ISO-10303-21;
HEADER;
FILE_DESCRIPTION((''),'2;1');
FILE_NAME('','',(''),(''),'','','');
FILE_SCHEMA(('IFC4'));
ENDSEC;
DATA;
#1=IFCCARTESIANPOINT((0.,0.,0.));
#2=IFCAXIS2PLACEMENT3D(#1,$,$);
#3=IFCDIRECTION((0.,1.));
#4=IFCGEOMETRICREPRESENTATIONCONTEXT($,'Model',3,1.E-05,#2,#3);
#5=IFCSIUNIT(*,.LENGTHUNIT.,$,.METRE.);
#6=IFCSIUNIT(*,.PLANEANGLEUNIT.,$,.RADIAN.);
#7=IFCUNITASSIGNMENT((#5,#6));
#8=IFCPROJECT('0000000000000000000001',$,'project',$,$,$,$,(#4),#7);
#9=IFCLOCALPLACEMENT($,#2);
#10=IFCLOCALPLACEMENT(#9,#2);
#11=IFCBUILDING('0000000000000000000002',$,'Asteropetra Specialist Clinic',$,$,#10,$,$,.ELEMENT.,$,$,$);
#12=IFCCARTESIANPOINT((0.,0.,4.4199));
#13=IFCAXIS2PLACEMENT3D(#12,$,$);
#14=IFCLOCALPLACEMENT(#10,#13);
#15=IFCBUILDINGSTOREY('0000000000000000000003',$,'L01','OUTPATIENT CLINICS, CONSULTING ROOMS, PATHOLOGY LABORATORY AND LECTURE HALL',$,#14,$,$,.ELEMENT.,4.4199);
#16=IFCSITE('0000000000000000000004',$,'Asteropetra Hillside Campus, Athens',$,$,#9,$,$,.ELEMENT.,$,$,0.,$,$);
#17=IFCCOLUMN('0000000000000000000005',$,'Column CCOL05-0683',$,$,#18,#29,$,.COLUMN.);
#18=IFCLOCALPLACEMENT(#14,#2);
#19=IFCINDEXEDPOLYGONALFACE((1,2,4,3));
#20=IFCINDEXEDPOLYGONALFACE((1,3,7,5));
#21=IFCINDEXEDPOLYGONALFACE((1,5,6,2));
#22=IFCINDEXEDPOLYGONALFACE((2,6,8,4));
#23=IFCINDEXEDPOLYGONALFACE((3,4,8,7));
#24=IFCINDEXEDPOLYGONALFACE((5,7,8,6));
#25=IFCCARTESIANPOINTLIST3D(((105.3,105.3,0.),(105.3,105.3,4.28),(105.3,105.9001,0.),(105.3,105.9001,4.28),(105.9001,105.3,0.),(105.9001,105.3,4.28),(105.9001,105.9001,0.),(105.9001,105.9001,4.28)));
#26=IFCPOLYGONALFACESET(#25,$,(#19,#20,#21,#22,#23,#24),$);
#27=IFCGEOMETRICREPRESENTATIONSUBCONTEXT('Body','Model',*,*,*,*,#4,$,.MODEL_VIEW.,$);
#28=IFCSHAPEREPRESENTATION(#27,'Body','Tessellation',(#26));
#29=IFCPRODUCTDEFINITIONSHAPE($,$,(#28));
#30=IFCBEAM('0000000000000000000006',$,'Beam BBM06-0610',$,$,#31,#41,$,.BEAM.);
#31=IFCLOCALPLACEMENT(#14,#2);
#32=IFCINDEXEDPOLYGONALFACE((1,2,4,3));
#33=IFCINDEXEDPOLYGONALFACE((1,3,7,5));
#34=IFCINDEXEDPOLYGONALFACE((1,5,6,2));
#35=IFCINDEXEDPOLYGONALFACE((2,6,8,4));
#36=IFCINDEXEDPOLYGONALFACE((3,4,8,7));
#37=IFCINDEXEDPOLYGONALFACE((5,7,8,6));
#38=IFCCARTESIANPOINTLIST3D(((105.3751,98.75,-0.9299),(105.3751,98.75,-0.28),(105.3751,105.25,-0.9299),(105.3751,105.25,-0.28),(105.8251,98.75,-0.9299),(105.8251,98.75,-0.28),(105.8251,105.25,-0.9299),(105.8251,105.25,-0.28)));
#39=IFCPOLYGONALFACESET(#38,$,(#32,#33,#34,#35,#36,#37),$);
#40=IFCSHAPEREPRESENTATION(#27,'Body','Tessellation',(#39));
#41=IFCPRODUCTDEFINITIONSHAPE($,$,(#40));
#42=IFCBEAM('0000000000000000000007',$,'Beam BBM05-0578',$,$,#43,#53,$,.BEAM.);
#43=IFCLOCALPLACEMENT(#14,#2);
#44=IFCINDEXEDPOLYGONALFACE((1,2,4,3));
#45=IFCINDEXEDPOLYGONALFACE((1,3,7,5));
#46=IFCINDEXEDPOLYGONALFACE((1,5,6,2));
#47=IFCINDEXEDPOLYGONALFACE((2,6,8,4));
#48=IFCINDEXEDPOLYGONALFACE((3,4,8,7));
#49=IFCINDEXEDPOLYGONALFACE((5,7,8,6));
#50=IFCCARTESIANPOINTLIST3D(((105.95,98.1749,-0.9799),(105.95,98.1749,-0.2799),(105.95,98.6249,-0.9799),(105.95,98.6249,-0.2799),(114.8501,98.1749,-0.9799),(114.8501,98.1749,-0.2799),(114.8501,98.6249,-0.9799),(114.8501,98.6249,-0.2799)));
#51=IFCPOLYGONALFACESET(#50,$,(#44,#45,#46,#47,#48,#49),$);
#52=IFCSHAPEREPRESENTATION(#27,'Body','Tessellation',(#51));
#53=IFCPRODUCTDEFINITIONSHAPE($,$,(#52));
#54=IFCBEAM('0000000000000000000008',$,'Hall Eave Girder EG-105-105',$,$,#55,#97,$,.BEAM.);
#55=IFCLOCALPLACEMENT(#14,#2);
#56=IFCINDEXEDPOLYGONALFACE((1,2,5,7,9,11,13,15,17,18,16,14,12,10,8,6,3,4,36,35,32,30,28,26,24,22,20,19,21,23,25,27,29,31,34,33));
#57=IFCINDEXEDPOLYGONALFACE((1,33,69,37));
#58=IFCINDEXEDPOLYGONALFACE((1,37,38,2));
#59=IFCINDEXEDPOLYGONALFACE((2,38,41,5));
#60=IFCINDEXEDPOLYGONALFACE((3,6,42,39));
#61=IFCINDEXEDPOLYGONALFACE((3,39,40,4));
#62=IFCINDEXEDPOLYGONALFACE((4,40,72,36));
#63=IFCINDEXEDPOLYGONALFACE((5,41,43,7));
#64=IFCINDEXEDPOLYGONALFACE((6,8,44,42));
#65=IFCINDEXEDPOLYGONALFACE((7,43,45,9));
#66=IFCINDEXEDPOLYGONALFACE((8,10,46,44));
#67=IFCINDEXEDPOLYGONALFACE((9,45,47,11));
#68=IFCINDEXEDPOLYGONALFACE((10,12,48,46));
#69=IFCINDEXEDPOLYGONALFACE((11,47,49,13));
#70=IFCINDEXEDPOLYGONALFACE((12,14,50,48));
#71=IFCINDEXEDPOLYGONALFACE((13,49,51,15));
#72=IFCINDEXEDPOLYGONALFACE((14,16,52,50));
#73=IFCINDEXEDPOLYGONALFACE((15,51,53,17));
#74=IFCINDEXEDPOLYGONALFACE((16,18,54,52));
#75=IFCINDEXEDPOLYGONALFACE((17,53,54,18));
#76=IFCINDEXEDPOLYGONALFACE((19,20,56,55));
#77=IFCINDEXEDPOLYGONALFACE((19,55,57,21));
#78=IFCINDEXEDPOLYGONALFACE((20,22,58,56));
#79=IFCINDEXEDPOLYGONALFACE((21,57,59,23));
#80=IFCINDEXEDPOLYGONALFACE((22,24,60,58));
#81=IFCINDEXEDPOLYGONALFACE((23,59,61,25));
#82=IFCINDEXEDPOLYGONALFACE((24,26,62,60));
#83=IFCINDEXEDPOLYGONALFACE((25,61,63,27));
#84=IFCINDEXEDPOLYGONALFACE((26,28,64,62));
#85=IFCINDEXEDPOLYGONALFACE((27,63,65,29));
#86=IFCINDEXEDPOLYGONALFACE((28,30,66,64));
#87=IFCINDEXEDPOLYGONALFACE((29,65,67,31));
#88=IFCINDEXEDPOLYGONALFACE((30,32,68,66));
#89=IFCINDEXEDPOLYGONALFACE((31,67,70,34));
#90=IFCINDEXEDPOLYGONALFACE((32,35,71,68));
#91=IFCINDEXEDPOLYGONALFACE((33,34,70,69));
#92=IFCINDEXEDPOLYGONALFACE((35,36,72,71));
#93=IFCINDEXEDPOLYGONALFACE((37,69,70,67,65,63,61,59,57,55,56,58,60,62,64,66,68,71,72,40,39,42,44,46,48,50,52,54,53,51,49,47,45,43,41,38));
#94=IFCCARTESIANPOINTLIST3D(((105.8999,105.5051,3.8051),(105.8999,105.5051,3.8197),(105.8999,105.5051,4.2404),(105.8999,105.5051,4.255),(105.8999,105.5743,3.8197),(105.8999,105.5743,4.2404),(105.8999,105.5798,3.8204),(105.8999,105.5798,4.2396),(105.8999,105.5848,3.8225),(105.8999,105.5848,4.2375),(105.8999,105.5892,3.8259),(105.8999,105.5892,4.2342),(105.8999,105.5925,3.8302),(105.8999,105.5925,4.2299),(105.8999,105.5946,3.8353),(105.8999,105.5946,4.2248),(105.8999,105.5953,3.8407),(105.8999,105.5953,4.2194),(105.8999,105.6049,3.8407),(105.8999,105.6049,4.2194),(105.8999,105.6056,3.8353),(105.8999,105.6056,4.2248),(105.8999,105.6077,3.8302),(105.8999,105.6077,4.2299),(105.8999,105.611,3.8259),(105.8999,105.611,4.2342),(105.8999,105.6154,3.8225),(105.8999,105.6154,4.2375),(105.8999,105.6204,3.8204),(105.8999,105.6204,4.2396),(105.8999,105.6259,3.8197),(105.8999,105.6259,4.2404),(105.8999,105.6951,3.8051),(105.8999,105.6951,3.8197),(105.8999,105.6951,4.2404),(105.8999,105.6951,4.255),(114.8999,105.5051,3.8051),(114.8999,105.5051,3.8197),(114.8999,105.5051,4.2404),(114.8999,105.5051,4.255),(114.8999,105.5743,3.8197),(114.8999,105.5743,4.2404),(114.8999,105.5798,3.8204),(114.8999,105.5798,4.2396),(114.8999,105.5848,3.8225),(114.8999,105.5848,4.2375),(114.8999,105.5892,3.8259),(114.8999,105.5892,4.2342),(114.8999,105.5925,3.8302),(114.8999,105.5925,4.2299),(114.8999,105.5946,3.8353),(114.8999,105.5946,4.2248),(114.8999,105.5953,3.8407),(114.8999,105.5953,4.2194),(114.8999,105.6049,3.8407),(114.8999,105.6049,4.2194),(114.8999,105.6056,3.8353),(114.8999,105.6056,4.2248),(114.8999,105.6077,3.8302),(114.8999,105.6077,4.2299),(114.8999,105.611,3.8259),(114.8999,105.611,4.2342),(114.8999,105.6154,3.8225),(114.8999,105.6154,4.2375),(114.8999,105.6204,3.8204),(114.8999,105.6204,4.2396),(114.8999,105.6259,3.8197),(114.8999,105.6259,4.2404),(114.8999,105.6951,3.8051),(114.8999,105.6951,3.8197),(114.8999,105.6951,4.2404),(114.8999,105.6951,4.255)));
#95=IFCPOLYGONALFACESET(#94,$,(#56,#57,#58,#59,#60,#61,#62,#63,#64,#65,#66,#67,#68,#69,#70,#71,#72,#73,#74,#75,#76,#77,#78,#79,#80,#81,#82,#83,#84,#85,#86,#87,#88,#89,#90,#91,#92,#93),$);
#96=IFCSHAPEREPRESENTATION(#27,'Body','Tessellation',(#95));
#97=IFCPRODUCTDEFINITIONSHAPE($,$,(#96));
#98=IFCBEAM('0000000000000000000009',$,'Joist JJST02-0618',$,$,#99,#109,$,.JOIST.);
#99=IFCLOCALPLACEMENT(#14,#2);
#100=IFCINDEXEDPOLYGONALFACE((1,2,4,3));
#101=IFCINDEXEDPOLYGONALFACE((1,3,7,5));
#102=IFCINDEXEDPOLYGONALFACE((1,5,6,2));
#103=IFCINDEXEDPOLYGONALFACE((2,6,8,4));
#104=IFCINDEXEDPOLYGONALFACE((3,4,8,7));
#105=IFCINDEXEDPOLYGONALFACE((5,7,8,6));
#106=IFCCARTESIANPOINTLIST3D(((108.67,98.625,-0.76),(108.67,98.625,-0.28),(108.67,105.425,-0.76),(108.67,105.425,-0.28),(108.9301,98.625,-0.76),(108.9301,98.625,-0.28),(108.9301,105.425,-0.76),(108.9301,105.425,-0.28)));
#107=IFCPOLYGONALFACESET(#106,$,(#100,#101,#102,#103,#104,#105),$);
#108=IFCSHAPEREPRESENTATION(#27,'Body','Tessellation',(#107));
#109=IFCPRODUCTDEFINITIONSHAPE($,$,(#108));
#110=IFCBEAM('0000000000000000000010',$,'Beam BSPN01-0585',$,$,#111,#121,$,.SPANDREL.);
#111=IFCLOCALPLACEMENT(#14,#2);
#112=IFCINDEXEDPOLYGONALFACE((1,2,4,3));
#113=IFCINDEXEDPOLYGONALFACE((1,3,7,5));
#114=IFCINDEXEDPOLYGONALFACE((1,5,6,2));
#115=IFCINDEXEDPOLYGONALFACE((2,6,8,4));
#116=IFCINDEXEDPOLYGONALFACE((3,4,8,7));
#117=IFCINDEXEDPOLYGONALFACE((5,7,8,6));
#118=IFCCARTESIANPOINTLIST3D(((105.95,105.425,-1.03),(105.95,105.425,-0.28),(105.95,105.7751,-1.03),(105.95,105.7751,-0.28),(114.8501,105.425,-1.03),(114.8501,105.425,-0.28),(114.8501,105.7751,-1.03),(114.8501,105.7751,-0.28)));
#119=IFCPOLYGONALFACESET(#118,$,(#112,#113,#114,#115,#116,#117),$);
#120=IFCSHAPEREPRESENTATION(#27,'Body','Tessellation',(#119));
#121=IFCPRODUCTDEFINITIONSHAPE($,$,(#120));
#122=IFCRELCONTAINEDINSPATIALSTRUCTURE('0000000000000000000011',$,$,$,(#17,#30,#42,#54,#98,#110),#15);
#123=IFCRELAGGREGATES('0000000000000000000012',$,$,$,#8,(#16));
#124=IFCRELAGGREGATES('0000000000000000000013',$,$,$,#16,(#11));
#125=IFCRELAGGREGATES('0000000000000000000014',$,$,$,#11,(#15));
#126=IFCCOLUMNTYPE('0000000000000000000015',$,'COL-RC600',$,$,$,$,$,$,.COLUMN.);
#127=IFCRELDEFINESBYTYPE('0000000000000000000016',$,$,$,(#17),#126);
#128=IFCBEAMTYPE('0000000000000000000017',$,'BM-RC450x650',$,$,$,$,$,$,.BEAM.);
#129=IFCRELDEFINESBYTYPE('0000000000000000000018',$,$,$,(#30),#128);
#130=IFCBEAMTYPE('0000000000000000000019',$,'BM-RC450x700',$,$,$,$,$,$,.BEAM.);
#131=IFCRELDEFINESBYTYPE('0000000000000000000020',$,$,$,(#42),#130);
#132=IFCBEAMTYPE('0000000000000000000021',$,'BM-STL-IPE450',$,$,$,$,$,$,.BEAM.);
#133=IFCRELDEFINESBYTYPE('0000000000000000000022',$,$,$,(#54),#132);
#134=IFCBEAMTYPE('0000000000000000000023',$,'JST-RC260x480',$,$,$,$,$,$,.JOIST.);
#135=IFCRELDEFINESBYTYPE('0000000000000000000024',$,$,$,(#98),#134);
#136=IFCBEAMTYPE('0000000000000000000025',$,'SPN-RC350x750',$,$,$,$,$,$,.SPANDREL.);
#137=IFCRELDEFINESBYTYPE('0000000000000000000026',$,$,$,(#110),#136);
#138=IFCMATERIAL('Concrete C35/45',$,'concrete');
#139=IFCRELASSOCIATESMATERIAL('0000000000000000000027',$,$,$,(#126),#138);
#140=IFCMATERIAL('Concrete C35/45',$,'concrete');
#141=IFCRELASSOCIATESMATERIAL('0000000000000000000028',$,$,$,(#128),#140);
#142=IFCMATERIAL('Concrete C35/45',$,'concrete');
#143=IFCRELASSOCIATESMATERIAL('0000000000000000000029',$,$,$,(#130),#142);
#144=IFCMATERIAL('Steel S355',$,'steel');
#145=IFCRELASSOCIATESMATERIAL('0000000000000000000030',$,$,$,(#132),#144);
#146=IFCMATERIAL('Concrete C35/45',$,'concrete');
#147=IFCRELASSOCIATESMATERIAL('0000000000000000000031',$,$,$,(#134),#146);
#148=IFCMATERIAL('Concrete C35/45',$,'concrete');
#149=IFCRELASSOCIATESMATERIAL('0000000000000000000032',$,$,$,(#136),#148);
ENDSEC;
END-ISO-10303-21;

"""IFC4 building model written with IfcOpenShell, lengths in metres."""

from ifc_helpers import new_model, si_unit, direction, frame, origin, origin_2d, place, context, subcontext, project, spatial, rectangle, i_section, extrude, material, material_profile, profile_set, type_object, element, save


model = new_model("IFC4")

# Units and contexts
model_context = context("Model", 3, precision=1e-05, world=origin(), true_north=direction((0.0, 1.0)))
body_context = subcontext(model_context, "Body", "Model", "MODEL_VIEW")
ifc_project = project(units=[si_unit("LENGTHUNIT", "METRE"), si_unit("PLANEANGLEUNIT", "RADIAN")], contexts=[model_context])

# Site, building, storey
site_placement = place(None, origin())
site = spatial("IfcSite", under=ifc_project, at=site_placement, Name="Asteropetra Hillside Campus, Athens", CompositionType="ELEMENT", RefElevation=0.0)
building_placement = place(site_placement, origin())
building = spatial("IfcBuilding", under=site, at=building_placement, Name="Asteropetra Specialist Clinic", CompositionType="ELEMENT")
storey_placement = place(building_placement, frame((0.0, 0.0, 4.4199)))
storey = spatial("IfcBuildingStorey", under=building, at=storey_placement, Name="L01", Description="OUTPATIENT CLINICS, CONSULTING ROOMS, PATHOLOGY LABORATORY AND LECTURE HALL", CompositionType="ELEMENT", Elevation=4.4199)

# Column
ifc_material_1 = material(Name="Concrete C35/45", Category="concrete")
ifc_material_profile_1 = material_profile(ifc_material_1, rectangle(XDim=0.6001, YDim=0.6001, at=origin_2d()), Name="RC 600x600")
ifc_profile_set_1 = profile_set([ifc_material_profile_1], Name="Concrete C35/45")
column_type = type_object("IfcColumnType", Name="COL-RC600", PredefinedType="COLUMN", material=ifc_profile_set_1)
column_placement = place(storey_placement, frame((105.6001, 105.6001, 0.0), z_axis=(0.0, 0.0, 1.0), x_axis=(1.0, 0.0, 0.0)))
element("IfcColumn", 1, at=column_placement, inside=storey, type_object=column_type, Name="Column CCOL05-0683", PredefinedType="COLUMN", context=body_context, shape_type="SweptSolid", body=[
    extrude(rectangle(XDim=0.6001, YDim=0.6001, at=origin_2d()), origin(), (0.0, 0.0, 1.0), 4.28),
])

# Beams
ifc_material_2 = material(Name="Concrete C35/45", Category="concrete")
ifc_material_profile_2 = material_profile(ifc_material_2, rectangle(XDim=0.45, YDim=0.6499, at=origin_2d()), Name="RCB 450x650")
ifc_profile_set_2 = profile_set([ifc_material_profile_2], Name="Concrete C35/45")
beam_type_1 = type_object("IfcBeamType", Name="BM-RC450x650", PredefinedType="BEAM", material=ifc_profile_set_2)
beam_1_placement = place(storey_placement, frame((105.6001, 98.75, -0.605), z_axis=(0.0, 1.0, 0.0), x_axis=(-1.0, 0.0, 0.0)))
element("IfcBeam", 2, at=beam_1_placement, inside=storey, type_object=beam_type_1, Name="Beam BBM06-0610", PredefinedType="BEAM", context=body_context, shape_type="SweptSolid", body=[
    extrude(rectangle(XDim=0.45, YDim=0.6499, at=origin_2d()), origin(), (0.0, 0.0, 1.0), 6.5),
])
ifc_material_3 = material(Name="Concrete C35/45", Category="concrete")
ifc_material_profile_3 = material_profile(ifc_material_3, rectangle(XDim=0.45, YDim=0.7, at=origin_2d()), Name="RCB 450x700")
ifc_profile_set_3 = profile_set([ifc_material_profile_3], Name="Concrete C35/45")
beam_type_2 = type_object("IfcBeamType", Name="BM-RC450x700", PredefinedType="BEAM", material=ifc_profile_set_3)
beam_2_placement = place(storey_placement, frame((105.95, 98.3999, -0.6299), z_axis=(1.0, 0.0, 0.0), x_axis=(0.0, 1.0, 0.0)))
element("IfcBeam", 3, at=beam_2_placement, inside=storey, type_object=beam_type_2, Name="Beam BBM05-0578", PredefinedType="BEAM", context=body_context, shape_type="SweptSolid", body=[
    extrude(rectangle(XDim=0.45, YDim=0.7, at=origin_2d()), origin(), (0.0, 0.0, 1.0), 8.9001),
])
ifc_material_4 = material(Name="Steel S355", Category="steel")
ifc_material_profile_4 = material_profile(ifc_material_4, i_section(OverallWidth=0.1899, OverallDepth=0.45, WebThickness=0.0095, FlangeThickness=0.0146, FilletRadius=0.021, at=origin_2d()), Name="IPE 450")
ifc_profile_set_4 = profile_set([ifc_material_profile_4], Name="Steel S355")
beam_type_3 = type_object("IfcBeamType", Name="BM-STL-IPE450", PredefinedType="BEAM", material=ifc_profile_set_4)
beam_3_placement = place(storey_placement, frame((105.8999, 105.6001, 4.03), z_axis=(1.0, 0.0, 0.0), x_axis=(0.0, 1.0, 0.0)))
element("IfcBeam", 4, at=beam_3_placement, inside=storey, type_object=beam_type_3, Name="Hall Eave Girder EG-105-105", PredefinedType="BEAM", context=body_context, shape_type="SweptSolid", body=[
    extrude(i_section(OverallWidth=0.1899, OverallDepth=0.45, WebThickness=0.0095, FlangeThickness=0.0146, FilletRadius=0.021, at=origin_2d()), origin(), (0.0, 0.0, 1.0), 9.0),
])
ifc_material_5 = material(Name="Concrete C35/45", Category="concrete")
ifc_material_profile_5 = material_profile(ifc_material_5, rectangle(XDim=0.26, YDim=0.48, at=origin_2d()), Name="RCJ 260x480")
ifc_profile_set_5 = profile_set([ifc_material_profile_5], Name="Concrete C35/45")
beam_type_4 = type_object("IfcBeamType", Name="JST-RC260x480", PredefinedType="JOIST", material=ifc_profile_set_5)
beam_4_placement = place(storey_placement, frame((108.8, 98.625, -0.52), z_axis=(0.0, 1.0, 0.0), x_axis=(-1.0, 0.0, 0.0)))
element("IfcBeam", 5, at=beam_4_placement, inside=storey, type_object=beam_type_4, Name="Joist JJST02-0618", PredefinedType="JOIST", context=body_context, shape_type="SweptSolid", body=[
    extrude(rectangle(XDim=0.26, YDim=0.48, at=origin_2d()), origin(), (0.0, 0.0, 1.0), 6.8),
])
ifc_material_6 = material(Name="Concrete C35/45", Category="concrete")
ifc_material_profile_6 = material_profile(ifc_material_6, rectangle(XDim=0.3501, YDim=0.75, at=origin_2d()), Name="RCS 350x750")
ifc_profile_set_6 = profile_set([ifc_material_profile_6], Name="Concrete C35/45")
beam_type_5 = type_object("IfcBeamType", Name="SPN-RC350x750", PredefinedType="SPANDREL", material=ifc_profile_set_6)
beam_5_placement = place(storey_placement, frame((105.95, 105.6001, -0.655), z_axis=(1.0, 0.0, 0.0), x_axis=(0.0, 1.0, 0.0)))
element("IfcBeam", 6, at=beam_5_placement, inside=storey, type_object=beam_type_5, Name="Beam BSPN01-0585", PredefinedType="SPANDREL", context=body_context, shape_type="SweptSolid", body=[
    extrude(rectangle(XDim=0.3501, YDim=0.75, at=origin_2d()), origin(), (0.0, 0.0, 1.0), 8.9001),
])

save(model, "model.ifc")
